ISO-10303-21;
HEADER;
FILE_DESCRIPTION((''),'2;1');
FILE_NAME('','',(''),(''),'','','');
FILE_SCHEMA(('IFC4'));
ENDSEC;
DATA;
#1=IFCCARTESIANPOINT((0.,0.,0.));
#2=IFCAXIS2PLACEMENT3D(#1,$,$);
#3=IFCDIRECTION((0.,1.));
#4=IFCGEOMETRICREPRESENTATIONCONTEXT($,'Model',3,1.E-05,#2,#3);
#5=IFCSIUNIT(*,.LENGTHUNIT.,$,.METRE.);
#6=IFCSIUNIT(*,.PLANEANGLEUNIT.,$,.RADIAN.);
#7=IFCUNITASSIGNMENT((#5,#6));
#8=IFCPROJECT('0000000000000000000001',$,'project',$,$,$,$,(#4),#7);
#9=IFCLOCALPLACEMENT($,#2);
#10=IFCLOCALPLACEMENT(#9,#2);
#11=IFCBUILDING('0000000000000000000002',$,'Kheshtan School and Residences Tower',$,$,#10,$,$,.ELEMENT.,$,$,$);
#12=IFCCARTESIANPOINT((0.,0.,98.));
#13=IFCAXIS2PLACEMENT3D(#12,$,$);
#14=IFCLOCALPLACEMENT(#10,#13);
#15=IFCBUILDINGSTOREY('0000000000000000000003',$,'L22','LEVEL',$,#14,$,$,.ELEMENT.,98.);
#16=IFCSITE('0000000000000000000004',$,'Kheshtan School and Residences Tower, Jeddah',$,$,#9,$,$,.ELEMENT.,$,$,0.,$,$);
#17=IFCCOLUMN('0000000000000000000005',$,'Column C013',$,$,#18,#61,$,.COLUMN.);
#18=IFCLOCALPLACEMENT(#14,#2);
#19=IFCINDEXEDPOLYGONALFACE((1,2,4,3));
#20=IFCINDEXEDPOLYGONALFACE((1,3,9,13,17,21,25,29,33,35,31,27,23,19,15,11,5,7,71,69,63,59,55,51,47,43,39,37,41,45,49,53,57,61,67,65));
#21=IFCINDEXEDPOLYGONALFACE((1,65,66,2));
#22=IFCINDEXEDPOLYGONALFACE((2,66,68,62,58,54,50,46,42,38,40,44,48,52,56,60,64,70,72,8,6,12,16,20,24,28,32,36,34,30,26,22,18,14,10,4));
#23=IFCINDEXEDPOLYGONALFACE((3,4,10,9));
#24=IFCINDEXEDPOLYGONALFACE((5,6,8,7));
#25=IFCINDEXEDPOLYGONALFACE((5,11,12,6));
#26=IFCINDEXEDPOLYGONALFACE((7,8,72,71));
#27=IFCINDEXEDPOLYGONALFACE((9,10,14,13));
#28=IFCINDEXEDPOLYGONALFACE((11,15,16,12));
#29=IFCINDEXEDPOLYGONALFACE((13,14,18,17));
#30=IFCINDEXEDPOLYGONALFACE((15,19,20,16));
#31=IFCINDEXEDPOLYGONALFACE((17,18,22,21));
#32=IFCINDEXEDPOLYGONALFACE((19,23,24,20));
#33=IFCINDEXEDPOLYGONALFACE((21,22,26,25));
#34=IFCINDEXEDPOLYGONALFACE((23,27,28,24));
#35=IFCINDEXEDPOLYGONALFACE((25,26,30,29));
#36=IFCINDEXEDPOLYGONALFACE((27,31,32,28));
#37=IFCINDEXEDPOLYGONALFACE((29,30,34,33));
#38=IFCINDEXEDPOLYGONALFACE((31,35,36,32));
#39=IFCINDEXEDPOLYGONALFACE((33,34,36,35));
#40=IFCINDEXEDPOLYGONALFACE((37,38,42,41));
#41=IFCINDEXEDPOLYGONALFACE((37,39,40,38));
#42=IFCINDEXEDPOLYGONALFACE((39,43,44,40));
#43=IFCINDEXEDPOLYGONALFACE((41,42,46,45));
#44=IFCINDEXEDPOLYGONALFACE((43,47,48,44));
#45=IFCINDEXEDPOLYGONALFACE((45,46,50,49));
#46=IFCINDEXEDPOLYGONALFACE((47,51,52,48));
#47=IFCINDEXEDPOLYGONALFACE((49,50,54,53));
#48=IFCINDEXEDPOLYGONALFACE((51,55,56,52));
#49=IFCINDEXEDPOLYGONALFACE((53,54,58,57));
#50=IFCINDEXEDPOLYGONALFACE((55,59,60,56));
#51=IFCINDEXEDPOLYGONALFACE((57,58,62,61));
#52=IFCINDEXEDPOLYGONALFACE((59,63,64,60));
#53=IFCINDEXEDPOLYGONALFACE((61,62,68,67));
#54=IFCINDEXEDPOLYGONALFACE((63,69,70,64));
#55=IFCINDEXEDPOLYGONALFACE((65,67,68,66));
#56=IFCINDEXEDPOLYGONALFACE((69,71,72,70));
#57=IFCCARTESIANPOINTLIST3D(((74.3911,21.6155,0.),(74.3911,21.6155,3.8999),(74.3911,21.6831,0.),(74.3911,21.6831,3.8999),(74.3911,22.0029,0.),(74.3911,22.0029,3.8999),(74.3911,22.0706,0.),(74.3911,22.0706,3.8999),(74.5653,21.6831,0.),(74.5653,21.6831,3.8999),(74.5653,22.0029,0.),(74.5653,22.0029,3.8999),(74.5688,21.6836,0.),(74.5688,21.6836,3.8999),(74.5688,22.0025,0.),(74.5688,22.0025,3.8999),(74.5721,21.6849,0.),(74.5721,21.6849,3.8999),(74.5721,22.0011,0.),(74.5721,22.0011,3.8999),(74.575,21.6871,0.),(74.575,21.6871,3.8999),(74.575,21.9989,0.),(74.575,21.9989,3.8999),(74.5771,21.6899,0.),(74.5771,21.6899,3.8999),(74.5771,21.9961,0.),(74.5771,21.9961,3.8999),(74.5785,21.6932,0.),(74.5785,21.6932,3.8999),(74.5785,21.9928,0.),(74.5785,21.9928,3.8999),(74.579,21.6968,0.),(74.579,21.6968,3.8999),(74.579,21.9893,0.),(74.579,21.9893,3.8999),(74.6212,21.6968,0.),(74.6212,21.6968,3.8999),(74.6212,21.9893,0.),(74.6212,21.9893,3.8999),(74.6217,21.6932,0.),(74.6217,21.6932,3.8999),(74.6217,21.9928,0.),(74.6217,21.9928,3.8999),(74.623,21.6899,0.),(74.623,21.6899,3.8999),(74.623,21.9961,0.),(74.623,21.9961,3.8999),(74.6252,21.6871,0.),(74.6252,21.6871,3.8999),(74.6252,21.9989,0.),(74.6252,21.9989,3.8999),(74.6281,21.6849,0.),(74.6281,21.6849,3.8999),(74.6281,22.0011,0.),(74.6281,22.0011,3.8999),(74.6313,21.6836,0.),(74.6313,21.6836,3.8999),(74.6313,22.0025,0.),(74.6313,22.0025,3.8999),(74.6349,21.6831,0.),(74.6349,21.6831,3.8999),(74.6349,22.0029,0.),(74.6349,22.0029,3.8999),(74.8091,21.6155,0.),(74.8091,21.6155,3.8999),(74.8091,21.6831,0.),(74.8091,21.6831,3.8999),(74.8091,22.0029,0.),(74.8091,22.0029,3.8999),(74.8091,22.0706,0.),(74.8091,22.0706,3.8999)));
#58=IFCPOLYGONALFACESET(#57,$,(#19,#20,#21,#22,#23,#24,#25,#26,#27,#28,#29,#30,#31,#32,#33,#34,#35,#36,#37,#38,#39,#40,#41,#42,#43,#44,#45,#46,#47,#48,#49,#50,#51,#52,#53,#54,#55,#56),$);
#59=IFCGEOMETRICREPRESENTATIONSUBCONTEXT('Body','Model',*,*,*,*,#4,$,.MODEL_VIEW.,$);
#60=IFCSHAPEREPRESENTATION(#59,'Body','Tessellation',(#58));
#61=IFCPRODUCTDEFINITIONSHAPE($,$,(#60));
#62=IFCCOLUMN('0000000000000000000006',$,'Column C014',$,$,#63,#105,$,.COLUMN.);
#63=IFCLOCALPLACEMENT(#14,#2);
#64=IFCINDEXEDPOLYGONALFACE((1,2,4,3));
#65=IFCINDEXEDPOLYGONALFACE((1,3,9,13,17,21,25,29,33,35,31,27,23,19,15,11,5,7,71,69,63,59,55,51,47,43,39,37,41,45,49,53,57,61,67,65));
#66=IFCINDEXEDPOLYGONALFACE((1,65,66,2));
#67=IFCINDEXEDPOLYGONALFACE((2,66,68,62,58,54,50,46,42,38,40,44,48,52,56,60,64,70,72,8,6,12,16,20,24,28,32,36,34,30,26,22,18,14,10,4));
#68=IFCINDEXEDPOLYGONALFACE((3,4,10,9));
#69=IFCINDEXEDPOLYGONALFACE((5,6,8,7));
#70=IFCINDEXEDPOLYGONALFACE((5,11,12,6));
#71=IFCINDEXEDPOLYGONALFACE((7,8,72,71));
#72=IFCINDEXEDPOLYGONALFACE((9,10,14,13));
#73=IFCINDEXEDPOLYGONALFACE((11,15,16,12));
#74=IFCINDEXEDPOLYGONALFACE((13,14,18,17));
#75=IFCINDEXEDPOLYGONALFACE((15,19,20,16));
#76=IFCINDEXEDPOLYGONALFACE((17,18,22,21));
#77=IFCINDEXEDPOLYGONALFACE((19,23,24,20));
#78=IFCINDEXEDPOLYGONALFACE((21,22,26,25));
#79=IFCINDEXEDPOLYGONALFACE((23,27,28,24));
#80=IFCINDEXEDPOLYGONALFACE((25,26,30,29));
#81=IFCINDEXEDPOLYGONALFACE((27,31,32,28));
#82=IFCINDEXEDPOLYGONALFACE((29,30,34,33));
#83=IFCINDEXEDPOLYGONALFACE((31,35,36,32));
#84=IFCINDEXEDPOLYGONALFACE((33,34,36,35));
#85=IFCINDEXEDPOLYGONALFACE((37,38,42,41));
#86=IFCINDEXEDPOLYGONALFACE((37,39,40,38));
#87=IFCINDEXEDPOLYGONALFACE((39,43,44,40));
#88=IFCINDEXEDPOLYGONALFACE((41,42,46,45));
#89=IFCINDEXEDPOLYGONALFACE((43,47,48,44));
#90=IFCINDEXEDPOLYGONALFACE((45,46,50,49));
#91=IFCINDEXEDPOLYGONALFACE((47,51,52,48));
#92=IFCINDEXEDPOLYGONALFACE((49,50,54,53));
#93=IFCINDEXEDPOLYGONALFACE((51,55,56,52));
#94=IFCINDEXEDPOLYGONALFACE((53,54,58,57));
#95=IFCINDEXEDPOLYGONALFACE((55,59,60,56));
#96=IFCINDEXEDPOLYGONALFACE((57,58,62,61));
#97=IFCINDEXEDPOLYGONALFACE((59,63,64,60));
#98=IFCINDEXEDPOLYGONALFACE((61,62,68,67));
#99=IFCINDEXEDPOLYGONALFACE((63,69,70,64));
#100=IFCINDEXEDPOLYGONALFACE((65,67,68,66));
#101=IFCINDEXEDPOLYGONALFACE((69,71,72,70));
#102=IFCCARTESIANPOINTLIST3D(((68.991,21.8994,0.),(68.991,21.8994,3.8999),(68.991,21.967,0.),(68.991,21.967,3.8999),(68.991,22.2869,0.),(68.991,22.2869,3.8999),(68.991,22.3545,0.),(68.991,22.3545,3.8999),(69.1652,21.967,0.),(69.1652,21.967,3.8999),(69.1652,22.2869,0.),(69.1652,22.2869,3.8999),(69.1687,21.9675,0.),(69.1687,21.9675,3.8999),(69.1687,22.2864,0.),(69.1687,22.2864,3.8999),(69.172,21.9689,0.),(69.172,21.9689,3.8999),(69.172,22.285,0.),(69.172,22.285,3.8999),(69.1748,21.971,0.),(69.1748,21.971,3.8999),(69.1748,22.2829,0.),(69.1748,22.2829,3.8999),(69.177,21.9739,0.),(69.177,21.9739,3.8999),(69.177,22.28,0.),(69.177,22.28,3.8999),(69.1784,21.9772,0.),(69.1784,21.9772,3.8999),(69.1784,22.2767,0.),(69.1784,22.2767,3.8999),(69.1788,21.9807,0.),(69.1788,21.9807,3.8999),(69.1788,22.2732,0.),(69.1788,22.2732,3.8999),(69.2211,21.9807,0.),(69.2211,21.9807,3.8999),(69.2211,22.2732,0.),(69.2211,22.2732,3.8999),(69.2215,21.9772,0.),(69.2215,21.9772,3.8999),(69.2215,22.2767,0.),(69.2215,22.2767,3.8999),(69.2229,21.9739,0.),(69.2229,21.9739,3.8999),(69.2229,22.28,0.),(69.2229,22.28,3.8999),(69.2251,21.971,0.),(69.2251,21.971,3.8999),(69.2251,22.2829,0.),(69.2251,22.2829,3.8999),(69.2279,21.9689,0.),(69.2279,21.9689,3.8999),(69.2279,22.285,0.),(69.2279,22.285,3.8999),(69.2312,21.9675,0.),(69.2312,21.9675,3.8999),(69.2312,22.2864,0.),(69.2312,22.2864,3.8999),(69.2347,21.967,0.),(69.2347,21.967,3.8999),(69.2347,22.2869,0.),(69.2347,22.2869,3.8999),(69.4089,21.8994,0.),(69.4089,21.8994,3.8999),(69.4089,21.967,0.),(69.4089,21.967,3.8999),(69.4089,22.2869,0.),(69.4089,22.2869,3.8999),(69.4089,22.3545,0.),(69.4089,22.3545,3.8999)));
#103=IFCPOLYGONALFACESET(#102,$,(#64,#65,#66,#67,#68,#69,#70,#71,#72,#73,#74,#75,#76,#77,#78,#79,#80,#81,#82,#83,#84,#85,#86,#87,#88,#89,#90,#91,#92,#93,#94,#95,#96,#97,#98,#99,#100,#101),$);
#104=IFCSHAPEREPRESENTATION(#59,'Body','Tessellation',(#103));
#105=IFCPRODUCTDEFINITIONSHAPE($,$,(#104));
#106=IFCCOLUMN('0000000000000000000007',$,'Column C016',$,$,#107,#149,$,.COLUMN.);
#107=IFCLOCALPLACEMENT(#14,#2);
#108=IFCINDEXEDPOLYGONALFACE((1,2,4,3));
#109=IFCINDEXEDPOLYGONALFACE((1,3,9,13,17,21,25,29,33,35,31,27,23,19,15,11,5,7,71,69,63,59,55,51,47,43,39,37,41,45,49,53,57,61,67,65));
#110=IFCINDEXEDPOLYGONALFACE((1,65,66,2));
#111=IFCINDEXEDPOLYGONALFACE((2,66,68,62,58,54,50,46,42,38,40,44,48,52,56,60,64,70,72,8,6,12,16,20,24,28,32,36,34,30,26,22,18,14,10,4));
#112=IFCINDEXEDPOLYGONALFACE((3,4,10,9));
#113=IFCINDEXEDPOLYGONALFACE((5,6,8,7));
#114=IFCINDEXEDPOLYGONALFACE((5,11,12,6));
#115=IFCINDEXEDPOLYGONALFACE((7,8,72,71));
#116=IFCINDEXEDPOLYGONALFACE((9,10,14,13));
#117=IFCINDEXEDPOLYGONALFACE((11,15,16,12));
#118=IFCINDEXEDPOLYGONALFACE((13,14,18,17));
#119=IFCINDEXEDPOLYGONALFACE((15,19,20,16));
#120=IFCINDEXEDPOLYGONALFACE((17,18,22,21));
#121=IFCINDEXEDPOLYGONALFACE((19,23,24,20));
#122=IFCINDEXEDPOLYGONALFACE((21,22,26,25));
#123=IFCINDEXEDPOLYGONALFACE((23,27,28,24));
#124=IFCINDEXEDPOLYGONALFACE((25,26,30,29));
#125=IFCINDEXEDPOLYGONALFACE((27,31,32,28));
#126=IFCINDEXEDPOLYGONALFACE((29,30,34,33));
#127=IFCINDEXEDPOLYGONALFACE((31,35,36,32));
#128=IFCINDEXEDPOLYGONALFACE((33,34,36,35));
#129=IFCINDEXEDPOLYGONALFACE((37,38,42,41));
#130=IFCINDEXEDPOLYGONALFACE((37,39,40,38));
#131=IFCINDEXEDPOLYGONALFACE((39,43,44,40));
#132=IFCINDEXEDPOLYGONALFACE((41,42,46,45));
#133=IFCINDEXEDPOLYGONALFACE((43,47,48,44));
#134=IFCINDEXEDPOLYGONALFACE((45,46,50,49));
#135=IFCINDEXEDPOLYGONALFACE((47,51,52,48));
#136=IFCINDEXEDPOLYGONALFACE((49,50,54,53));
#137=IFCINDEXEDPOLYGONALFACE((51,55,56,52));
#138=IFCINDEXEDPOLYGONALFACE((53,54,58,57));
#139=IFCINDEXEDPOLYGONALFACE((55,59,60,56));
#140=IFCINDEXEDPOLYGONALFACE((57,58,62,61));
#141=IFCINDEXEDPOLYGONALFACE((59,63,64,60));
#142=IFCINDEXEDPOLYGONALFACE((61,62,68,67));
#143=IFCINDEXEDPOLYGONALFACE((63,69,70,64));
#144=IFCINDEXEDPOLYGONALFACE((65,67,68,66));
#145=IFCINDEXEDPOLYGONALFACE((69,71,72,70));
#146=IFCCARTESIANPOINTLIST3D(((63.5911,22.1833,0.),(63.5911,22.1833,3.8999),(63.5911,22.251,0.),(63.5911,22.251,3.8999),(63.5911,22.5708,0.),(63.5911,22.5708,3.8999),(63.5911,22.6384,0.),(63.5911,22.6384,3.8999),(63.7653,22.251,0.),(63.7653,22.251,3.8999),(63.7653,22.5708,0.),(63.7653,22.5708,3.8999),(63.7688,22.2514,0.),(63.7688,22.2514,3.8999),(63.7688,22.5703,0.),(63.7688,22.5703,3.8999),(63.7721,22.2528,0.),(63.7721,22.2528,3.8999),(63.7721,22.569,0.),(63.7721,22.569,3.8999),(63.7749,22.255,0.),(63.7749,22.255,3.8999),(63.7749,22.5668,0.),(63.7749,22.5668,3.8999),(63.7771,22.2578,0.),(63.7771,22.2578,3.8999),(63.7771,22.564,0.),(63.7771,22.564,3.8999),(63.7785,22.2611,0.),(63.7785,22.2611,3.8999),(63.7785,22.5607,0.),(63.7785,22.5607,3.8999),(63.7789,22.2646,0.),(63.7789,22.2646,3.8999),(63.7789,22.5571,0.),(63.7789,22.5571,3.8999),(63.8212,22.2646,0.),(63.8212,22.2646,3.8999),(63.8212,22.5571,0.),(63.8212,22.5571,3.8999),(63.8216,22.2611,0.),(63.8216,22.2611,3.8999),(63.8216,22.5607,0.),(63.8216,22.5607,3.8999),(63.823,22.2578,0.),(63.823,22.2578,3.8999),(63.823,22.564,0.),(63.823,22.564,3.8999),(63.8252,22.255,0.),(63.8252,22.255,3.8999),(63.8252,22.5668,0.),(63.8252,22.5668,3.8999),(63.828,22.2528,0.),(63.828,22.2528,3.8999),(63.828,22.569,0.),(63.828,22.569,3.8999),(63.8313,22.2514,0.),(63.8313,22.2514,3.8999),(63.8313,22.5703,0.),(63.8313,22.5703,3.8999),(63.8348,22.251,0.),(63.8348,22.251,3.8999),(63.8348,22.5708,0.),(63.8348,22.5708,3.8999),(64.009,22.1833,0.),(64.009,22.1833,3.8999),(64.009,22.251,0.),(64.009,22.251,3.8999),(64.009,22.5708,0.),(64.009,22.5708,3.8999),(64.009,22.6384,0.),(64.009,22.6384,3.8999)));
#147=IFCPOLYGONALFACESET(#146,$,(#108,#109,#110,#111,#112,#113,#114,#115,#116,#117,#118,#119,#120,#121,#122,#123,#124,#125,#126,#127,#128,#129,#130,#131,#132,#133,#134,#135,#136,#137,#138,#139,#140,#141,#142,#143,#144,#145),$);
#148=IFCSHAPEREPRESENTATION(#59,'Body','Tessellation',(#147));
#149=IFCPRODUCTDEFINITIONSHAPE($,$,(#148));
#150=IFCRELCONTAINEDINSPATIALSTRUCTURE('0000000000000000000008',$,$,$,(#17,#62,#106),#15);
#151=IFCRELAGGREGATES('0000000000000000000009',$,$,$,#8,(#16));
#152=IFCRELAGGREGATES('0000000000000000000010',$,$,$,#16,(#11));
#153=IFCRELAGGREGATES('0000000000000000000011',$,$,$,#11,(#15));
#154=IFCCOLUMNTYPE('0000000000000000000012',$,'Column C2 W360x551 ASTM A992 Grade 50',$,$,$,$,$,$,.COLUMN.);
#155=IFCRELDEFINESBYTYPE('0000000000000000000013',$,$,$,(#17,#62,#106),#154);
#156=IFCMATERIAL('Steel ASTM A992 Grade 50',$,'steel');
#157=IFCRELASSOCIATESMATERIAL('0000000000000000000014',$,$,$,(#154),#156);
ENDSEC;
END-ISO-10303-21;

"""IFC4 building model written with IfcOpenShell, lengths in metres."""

from ifc_helpers import new_model, si_unit, direction, frame, origin, origin_2d, place, context, subcontext, project, spatial, i_section, extrude, material, material_profile, profile_set, type_object, element, save


model = new_model("IFC4")

# Units and contexts
model_context = context("Model", 3, precision=1e-05, world=origin(), true_north=direction((0.0, 1.0)))
body_context = subcontext(model_context, "Body", "Model", "MODEL_VIEW")
ifc_project = project(units=[si_unit("LENGTHUNIT", "METRE"), si_unit("PLANEANGLEUNIT", "RADIAN")], contexts=[model_context])

# Site, building, storey
site_placement = place(None, origin())
site = spatial("IfcSite", under=ifc_project, at=site_placement, Name="Kheshtan School and Residences Tower, Jeddah", CompositionType="ELEMENT", RefElevation=0.0)
building_placement = place(site_placement, origin())
building = spatial("IfcBuilding", under=site, at=building_placement, Name="Kheshtan School and Residences Tower", CompositionType="ELEMENT")
storey_placement = place(building_placement, frame((0.0, 0.0, 98.0)))
storey = spatial("IfcBuildingStorey", under=building, at=storey_placement, Name="L22", Description="LEVEL", CompositionType="ELEMENT", Elevation=98.0)

# Columns
ifc_material_1 = material(Name="Steel ASTM A992 Grade 50", Category="steel")
ifc_material_profile_1 = material_profile(ifc_material_1, i_section(OverallWidth=0.418, OverallDepth=0.4551, WebThickness=0.0422, FlangeThickness=0.0676, FilletRadius=0.0137, at=origin_2d()), Name="W360x551")
ifc_profile_set_1 = profile_set([ifc_material_profile_1], Name="Steel ASTM A992 Grade 50")
column_type_1 = type_object("IfcColumnType", Name="Column C2 W360x551 ASTM A992 Grade 50", PredefinedType="COLUMN", material=ifc_profile_set_1)
for number, where, z_axis, x_axis, name in (
    (1, (74.6001, 21.843, 0.0), (0.0, 0.0, 1.0), (1.0, 0.0, 0.0), "Column C013"),
    (2, (69.2, 22.127, 0.0), (0.0, 0.0, 1.0), (1.0, 0.0, 0.0), "Column C014"),
    (3, (63.8, 22.4109, 0.0), (0.0, 0.0, 1.0), (1.0, 0.0, 0.0), "Column C016"),
):
    element("IfcColumn", number, at=place(storey_placement, frame(where, z_axis=z_axis, x_axis=x_axis)), inside=storey, type_object=column_type_1, Name=name, PredefinedType="COLUMN", context=body_context, shape_type="SweptSolid", body=[
        extrude(i_section(OverallWidth=0.418, OverallDepth=0.4551, WebThickness=0.0422, FlangeThickness=0.0676, FilletRadius=0.0137, at=origin_2d()), origin(), (0.0, 0.0, 1.0), 3.8999),
    ])

save(model, "model.ifc")
